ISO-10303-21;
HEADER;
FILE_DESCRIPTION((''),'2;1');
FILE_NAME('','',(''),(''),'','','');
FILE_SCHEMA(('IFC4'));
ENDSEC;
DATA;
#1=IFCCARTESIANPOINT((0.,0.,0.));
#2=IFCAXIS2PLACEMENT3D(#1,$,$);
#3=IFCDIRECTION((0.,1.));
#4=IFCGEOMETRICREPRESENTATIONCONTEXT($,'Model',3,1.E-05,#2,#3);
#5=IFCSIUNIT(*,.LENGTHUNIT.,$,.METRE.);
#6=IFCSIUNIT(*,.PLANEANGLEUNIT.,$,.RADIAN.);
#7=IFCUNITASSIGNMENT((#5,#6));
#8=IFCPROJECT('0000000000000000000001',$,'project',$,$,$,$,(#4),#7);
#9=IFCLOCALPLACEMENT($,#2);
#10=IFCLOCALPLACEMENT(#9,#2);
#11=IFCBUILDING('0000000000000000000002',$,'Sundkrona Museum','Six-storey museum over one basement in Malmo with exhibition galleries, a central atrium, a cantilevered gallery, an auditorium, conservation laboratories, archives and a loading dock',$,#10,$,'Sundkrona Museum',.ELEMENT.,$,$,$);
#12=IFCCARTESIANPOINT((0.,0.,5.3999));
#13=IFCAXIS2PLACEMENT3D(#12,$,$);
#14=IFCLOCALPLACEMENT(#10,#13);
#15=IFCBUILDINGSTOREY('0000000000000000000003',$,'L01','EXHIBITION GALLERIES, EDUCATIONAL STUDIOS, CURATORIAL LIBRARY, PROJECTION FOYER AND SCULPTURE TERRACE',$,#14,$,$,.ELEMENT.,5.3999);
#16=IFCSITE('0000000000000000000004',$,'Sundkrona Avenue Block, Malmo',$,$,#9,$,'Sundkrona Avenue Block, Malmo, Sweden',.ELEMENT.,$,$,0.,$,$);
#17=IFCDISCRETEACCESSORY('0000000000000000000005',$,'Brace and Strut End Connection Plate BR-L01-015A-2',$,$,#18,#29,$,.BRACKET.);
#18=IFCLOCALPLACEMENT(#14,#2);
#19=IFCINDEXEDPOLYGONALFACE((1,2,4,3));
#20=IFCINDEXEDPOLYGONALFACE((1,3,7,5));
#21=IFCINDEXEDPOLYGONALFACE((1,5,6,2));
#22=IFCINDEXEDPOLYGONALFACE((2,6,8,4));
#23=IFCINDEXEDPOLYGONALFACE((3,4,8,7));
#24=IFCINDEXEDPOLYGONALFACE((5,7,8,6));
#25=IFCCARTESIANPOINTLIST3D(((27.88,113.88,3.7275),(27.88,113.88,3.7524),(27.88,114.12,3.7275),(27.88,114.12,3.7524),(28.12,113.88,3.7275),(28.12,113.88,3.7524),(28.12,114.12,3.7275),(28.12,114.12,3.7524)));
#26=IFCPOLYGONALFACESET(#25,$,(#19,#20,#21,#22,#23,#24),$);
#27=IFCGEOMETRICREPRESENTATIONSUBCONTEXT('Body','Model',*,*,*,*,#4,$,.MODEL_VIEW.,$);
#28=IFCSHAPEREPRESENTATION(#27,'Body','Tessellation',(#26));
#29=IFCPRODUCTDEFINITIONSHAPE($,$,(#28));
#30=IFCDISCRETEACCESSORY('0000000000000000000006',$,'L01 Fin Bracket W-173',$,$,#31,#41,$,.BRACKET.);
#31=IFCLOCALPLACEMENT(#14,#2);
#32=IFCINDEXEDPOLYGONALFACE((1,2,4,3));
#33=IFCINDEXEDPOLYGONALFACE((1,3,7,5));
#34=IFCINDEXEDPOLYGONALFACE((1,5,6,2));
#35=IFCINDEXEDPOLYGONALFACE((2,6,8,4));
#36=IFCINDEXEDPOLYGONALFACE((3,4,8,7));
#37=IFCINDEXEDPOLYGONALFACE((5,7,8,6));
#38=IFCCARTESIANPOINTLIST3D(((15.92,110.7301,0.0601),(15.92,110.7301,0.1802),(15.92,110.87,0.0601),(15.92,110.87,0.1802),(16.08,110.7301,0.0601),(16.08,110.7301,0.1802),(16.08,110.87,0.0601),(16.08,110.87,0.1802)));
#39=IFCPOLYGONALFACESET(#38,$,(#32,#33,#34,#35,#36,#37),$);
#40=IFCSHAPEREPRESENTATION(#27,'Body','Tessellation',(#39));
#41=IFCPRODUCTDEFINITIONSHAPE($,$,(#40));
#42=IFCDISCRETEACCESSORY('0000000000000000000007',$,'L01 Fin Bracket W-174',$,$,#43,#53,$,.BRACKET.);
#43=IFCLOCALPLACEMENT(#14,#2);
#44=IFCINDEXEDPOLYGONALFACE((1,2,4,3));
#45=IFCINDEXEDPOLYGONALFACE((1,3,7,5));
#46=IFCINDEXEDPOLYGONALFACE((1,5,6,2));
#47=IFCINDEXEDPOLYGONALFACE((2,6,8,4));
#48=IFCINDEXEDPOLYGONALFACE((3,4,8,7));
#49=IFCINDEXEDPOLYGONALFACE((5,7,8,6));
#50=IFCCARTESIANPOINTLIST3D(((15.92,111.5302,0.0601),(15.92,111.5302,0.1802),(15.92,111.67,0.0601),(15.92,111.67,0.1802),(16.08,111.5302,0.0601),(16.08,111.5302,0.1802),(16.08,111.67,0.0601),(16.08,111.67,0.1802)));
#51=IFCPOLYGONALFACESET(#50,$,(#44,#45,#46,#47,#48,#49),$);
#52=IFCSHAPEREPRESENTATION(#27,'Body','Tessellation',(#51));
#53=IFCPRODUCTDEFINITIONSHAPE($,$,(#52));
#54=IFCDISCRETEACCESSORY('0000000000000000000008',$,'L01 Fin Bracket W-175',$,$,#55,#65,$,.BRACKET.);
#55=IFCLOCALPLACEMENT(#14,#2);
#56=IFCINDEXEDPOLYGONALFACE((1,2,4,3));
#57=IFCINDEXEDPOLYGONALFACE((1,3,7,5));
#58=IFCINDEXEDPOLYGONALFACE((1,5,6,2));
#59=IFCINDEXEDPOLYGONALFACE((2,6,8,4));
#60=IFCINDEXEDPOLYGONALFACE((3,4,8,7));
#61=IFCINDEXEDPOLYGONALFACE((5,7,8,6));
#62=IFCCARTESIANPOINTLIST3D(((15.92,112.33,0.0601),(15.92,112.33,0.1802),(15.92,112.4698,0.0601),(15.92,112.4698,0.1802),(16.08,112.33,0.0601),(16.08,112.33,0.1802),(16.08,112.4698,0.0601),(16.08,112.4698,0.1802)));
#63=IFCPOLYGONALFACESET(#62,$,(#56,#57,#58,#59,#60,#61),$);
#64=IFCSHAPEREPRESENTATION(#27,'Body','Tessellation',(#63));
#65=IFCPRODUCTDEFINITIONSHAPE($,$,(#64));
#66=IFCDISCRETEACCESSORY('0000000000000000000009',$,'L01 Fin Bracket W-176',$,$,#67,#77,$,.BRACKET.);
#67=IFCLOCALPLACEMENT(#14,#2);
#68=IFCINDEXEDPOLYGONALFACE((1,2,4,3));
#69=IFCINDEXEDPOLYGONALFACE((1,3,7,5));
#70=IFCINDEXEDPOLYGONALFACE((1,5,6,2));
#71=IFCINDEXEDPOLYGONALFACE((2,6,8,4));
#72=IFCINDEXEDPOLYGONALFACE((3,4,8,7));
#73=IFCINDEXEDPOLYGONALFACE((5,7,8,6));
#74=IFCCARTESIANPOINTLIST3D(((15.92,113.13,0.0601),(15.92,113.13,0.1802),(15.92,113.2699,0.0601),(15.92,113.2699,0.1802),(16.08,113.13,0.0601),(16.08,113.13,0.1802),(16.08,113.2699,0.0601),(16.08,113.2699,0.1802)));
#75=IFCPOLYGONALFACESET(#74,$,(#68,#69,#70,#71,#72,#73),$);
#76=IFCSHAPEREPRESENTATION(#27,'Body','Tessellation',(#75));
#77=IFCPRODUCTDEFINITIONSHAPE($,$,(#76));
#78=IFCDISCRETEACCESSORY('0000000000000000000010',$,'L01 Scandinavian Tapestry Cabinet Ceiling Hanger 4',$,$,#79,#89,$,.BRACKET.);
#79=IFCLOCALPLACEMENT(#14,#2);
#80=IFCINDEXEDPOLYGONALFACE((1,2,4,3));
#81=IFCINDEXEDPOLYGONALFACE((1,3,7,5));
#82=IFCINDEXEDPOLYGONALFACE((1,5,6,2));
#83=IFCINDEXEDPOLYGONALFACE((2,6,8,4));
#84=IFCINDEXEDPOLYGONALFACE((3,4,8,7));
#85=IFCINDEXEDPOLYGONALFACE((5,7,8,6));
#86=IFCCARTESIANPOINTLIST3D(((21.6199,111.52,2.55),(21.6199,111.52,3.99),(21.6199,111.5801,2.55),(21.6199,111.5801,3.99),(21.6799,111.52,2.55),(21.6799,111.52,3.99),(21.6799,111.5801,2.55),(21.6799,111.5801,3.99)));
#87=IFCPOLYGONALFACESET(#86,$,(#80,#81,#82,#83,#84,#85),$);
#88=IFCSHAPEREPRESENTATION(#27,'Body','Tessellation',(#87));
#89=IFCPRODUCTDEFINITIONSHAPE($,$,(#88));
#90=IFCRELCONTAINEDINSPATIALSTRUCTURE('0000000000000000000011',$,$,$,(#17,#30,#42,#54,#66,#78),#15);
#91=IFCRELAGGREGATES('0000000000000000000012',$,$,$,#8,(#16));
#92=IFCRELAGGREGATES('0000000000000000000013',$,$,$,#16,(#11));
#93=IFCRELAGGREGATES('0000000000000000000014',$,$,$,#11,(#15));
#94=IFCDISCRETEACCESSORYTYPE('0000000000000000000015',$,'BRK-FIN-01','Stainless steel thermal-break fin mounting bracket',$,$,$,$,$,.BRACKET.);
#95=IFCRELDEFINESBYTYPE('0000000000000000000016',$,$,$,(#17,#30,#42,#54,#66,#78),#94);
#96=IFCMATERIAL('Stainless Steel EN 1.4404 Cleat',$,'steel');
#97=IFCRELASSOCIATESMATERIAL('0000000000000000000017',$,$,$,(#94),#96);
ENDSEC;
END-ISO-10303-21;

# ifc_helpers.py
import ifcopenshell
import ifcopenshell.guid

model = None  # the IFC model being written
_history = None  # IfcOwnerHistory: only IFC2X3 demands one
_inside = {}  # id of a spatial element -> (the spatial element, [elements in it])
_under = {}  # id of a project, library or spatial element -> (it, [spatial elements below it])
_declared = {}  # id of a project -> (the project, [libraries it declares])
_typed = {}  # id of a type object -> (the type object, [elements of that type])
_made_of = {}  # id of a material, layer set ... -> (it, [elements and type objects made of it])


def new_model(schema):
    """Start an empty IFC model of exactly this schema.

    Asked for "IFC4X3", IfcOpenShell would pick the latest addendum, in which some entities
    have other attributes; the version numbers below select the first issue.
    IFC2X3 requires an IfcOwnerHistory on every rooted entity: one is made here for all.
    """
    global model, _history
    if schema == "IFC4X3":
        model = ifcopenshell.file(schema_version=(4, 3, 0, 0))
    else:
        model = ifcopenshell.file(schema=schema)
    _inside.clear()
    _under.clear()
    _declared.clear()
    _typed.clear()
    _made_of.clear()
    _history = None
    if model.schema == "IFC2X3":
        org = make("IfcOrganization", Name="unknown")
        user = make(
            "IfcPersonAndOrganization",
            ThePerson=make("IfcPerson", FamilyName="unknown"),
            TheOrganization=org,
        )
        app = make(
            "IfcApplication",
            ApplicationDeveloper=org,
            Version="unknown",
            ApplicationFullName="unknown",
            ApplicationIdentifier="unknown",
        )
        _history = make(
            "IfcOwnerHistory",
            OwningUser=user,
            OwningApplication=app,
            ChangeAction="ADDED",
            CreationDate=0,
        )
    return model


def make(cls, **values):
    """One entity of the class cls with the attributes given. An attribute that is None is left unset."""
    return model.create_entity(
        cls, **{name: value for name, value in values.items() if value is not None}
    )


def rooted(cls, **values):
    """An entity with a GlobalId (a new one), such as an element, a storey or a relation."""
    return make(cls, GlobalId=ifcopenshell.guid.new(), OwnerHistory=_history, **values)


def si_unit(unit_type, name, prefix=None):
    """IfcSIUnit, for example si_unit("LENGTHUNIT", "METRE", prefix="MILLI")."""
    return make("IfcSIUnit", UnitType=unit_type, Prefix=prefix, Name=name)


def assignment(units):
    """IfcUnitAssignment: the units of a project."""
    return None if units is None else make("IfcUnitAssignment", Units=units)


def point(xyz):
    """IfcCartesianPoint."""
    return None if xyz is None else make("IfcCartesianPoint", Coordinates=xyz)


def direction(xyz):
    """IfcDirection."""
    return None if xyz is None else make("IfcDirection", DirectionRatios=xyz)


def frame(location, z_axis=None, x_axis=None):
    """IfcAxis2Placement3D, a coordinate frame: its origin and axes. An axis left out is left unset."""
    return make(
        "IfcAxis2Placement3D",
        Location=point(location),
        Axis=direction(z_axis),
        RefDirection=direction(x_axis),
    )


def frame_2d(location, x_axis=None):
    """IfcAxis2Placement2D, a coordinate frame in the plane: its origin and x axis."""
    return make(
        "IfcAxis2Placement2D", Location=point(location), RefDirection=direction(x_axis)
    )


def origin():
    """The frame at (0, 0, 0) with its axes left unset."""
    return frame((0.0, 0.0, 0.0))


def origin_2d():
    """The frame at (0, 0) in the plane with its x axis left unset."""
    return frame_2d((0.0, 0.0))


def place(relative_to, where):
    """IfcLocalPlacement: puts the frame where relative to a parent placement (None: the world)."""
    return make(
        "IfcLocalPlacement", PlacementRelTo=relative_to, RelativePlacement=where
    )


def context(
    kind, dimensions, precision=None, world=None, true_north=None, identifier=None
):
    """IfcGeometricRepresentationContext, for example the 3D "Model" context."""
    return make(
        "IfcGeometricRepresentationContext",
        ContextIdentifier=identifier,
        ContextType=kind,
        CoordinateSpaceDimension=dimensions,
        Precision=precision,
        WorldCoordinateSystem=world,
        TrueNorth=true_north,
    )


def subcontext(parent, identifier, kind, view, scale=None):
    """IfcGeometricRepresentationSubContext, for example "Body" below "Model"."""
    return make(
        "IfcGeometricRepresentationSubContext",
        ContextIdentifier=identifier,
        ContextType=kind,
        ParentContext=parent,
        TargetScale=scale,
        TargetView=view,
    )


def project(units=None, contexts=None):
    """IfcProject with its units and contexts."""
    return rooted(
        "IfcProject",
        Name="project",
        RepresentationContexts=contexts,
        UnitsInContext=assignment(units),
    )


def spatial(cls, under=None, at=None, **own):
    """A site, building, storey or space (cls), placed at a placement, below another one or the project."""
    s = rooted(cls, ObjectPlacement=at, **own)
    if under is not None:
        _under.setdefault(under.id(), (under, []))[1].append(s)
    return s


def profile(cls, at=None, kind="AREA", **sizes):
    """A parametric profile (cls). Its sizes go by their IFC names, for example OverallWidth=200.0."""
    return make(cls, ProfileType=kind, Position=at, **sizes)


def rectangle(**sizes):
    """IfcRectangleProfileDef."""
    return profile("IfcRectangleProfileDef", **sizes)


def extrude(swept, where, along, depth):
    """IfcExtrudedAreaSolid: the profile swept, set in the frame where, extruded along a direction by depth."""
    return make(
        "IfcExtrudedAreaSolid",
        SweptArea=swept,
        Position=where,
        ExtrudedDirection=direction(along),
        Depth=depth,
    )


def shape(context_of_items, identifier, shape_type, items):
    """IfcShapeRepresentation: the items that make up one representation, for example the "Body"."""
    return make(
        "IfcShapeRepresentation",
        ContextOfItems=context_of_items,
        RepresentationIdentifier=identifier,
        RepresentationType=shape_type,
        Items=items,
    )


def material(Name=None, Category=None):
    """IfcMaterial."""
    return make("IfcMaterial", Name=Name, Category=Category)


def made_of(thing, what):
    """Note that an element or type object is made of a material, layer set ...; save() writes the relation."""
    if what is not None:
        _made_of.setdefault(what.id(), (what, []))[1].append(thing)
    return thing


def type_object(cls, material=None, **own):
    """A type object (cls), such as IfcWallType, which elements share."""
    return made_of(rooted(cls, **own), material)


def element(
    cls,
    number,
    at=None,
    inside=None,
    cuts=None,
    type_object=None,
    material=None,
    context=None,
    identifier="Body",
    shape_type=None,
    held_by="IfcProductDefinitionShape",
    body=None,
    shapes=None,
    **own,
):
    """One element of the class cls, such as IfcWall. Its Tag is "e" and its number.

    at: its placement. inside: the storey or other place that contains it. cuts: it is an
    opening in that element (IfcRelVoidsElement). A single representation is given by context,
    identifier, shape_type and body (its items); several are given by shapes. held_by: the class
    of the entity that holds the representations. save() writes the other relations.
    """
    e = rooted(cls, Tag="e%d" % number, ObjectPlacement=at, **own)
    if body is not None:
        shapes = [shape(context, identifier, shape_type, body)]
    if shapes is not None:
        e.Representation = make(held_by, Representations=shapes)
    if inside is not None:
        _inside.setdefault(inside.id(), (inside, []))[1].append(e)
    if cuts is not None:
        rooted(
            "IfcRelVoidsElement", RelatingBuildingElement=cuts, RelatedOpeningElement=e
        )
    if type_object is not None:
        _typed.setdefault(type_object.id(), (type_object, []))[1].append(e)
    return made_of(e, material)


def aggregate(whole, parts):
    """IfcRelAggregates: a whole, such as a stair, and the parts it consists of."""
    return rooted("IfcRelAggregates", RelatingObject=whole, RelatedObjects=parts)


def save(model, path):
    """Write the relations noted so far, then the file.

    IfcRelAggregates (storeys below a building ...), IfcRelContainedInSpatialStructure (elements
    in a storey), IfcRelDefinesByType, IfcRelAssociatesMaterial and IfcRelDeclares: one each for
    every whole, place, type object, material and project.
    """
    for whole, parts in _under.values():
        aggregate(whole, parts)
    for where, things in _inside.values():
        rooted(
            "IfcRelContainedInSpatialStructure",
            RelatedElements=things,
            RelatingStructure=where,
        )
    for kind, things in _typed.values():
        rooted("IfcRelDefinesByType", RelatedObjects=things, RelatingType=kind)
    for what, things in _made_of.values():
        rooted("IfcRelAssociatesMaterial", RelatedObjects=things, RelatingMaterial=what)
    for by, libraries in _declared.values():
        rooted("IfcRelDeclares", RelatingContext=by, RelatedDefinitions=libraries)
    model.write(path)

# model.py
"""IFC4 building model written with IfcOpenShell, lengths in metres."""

from ifc_helpers import new_model, si_unit, direction, frame, origin, origin_2d, place, context, subcontext, project, spatial, rectangle, extrude, material, type_object, element, save


model = new_model("IFC4")

# Units and contexts
model_context = context("Model", 3, precision=1e-05, world=origin(), true_north=direction((0.0, 1.0)))
body_context = subcontext(model_context, "Body", "Model", "MODEL_VIEW")
ifc_project = project(units=[si_unit("LENGTHUNIT", "METRE"), si_unit("PLANEANGLEUNIT", "RADIAN")], contexts=[model_context])

# Site, building, storey
site_placement = place(None, origin())
site = spatial("IfcSite", under=ifc_project, at=site_placement, Name="Sundkrona Avenue Block, Malmo", LongName="Sundkrona Avenue Block, Malmo, Sweden", CompositionType="ELEMENT", RefElevation=0.0)
building_placement = place(site_placement, origin())
building = spatial("IfcBuilding", under=site, at=building_placement, Name="Sundkrona Museum", Description="Six-storey museum over one basement in Malmo with exhibition galleries, a central atrium, a cantilevered gallery, an auditorium, conservation laboratories, archives and a loading dock", LongName="Sundkrona Museum", CompositionType="ELEMENT")
storey_placement = place(building_placement, frame((0.0, 0.0, 5.3999)))
storey = spatial("IfcBuildingStorey", under=building, at=storey_placement, Name="L01", Description="EXHIBITION GALLERIES, EDUCATIONAL STUDIOS, CURATORIAL LIBRARY, PROJECTION FOYER AND SCULPTURE TERRACE", CompositionType="ELEMENT", Elevation=5.3999)

# Discrete accessories
ifc_material_1 = material(Name="Stainless Steel EN 1.4404 Cleat", Category="steel")
discrete_accessory_type = type_object("IfcDiscreteAccessoryType", Name="BRK-FIN-01", Description="Stainless steel thermal-break fin mounting bracket", PredefinedType="BRACKET", material=ifc_material_1)
for number, where, z_axis, x_axis, name in (
    (1, (28.0, 114.0, 3.7275), (0.0, 0.0, 1.0), (1.0, 0.0, 0.0), "Brace and Strut End Connection Plate BR-L01-015A-2"),
):
    element("IfcDiscreteAccessory", number, at=place(storey_placement, frame(where, z_axis=z_axis, x_axis=x_axis)), inside=storey, type_object=discrete_accessory_type, Name=name, PredefinedType="BRACKET", context=body_context, shape_type="SweptSolid", body=[
        extrude(rectangle(XDim=0.24, YDim=0.24, at=origin_2d()), origin(), (0.0, 0.0, 1.0), 0.0249),
    ])
for number, where, z_axis, x_axis, name in (
    (2, (16.0, 110.8, 0.0601), (0.0, 0.0, 1.0), (1.0, 0.0, 0.0), "L01 Fin Bracket W-173"),
    (3, (16.0, 111.6001, 0.0601), (0.0, 0.0, 1.0), (1.0, 0.0, 0.0), "L01 Fin Bracket W-174"),
    (4, (16.0, 112.3999, 0.0601), (0.0, 0.0, 1.0), (1.0, 0.0, 0.0), "L01 Fin Bracket W-175"),
    (5, (16.0, 113.2, 0.0601), (0.0, 0.0, 1.0), (1.0, 0.0, 0.0), "L01 Fin Bracket W-176"),
):
    element("IfcDiscreteAccessory", number, at=place(storey_placement, frame(where, z_axis=z_axis, x_axis=x_axis)), inside=storey, type_object=discrete_accessory_type, Name=name, PredefinedType="BRACKET", context=body_context, shape_type="SweptSolid", body=[
        extrude(rectangle(XDim=0.1599, YDim=0.1399, at=origin_2d()), origin(), (0.0, 0.0, 1.0), 0.1201),
    ])
discrete_accessory_placement = place(storey_placement, frame((21.6499, 111.55, 2.55), z_axis=(0.0, 0.0, 1.0), x_axis=(1.0, 0.0, 0.0)))
element("IfcDiscreteAccessory", 6, at=discrete_accessory_placement, inside=storey, type_object=discrete_accessory_type, Name="L01 Scandinavian Tapestry Cabinet Ceiling Hanger 4", PredefinedType="BRACKET", context=body_context, shape_type="SweptSolid", body=[
    extrude(rectangle(XDim=0.0601, YDim=0.0601, at=origin_2d()), origin(), (0.0, 0.0, 1.0), 1.4399),
])

save(model, "model.ifc")
